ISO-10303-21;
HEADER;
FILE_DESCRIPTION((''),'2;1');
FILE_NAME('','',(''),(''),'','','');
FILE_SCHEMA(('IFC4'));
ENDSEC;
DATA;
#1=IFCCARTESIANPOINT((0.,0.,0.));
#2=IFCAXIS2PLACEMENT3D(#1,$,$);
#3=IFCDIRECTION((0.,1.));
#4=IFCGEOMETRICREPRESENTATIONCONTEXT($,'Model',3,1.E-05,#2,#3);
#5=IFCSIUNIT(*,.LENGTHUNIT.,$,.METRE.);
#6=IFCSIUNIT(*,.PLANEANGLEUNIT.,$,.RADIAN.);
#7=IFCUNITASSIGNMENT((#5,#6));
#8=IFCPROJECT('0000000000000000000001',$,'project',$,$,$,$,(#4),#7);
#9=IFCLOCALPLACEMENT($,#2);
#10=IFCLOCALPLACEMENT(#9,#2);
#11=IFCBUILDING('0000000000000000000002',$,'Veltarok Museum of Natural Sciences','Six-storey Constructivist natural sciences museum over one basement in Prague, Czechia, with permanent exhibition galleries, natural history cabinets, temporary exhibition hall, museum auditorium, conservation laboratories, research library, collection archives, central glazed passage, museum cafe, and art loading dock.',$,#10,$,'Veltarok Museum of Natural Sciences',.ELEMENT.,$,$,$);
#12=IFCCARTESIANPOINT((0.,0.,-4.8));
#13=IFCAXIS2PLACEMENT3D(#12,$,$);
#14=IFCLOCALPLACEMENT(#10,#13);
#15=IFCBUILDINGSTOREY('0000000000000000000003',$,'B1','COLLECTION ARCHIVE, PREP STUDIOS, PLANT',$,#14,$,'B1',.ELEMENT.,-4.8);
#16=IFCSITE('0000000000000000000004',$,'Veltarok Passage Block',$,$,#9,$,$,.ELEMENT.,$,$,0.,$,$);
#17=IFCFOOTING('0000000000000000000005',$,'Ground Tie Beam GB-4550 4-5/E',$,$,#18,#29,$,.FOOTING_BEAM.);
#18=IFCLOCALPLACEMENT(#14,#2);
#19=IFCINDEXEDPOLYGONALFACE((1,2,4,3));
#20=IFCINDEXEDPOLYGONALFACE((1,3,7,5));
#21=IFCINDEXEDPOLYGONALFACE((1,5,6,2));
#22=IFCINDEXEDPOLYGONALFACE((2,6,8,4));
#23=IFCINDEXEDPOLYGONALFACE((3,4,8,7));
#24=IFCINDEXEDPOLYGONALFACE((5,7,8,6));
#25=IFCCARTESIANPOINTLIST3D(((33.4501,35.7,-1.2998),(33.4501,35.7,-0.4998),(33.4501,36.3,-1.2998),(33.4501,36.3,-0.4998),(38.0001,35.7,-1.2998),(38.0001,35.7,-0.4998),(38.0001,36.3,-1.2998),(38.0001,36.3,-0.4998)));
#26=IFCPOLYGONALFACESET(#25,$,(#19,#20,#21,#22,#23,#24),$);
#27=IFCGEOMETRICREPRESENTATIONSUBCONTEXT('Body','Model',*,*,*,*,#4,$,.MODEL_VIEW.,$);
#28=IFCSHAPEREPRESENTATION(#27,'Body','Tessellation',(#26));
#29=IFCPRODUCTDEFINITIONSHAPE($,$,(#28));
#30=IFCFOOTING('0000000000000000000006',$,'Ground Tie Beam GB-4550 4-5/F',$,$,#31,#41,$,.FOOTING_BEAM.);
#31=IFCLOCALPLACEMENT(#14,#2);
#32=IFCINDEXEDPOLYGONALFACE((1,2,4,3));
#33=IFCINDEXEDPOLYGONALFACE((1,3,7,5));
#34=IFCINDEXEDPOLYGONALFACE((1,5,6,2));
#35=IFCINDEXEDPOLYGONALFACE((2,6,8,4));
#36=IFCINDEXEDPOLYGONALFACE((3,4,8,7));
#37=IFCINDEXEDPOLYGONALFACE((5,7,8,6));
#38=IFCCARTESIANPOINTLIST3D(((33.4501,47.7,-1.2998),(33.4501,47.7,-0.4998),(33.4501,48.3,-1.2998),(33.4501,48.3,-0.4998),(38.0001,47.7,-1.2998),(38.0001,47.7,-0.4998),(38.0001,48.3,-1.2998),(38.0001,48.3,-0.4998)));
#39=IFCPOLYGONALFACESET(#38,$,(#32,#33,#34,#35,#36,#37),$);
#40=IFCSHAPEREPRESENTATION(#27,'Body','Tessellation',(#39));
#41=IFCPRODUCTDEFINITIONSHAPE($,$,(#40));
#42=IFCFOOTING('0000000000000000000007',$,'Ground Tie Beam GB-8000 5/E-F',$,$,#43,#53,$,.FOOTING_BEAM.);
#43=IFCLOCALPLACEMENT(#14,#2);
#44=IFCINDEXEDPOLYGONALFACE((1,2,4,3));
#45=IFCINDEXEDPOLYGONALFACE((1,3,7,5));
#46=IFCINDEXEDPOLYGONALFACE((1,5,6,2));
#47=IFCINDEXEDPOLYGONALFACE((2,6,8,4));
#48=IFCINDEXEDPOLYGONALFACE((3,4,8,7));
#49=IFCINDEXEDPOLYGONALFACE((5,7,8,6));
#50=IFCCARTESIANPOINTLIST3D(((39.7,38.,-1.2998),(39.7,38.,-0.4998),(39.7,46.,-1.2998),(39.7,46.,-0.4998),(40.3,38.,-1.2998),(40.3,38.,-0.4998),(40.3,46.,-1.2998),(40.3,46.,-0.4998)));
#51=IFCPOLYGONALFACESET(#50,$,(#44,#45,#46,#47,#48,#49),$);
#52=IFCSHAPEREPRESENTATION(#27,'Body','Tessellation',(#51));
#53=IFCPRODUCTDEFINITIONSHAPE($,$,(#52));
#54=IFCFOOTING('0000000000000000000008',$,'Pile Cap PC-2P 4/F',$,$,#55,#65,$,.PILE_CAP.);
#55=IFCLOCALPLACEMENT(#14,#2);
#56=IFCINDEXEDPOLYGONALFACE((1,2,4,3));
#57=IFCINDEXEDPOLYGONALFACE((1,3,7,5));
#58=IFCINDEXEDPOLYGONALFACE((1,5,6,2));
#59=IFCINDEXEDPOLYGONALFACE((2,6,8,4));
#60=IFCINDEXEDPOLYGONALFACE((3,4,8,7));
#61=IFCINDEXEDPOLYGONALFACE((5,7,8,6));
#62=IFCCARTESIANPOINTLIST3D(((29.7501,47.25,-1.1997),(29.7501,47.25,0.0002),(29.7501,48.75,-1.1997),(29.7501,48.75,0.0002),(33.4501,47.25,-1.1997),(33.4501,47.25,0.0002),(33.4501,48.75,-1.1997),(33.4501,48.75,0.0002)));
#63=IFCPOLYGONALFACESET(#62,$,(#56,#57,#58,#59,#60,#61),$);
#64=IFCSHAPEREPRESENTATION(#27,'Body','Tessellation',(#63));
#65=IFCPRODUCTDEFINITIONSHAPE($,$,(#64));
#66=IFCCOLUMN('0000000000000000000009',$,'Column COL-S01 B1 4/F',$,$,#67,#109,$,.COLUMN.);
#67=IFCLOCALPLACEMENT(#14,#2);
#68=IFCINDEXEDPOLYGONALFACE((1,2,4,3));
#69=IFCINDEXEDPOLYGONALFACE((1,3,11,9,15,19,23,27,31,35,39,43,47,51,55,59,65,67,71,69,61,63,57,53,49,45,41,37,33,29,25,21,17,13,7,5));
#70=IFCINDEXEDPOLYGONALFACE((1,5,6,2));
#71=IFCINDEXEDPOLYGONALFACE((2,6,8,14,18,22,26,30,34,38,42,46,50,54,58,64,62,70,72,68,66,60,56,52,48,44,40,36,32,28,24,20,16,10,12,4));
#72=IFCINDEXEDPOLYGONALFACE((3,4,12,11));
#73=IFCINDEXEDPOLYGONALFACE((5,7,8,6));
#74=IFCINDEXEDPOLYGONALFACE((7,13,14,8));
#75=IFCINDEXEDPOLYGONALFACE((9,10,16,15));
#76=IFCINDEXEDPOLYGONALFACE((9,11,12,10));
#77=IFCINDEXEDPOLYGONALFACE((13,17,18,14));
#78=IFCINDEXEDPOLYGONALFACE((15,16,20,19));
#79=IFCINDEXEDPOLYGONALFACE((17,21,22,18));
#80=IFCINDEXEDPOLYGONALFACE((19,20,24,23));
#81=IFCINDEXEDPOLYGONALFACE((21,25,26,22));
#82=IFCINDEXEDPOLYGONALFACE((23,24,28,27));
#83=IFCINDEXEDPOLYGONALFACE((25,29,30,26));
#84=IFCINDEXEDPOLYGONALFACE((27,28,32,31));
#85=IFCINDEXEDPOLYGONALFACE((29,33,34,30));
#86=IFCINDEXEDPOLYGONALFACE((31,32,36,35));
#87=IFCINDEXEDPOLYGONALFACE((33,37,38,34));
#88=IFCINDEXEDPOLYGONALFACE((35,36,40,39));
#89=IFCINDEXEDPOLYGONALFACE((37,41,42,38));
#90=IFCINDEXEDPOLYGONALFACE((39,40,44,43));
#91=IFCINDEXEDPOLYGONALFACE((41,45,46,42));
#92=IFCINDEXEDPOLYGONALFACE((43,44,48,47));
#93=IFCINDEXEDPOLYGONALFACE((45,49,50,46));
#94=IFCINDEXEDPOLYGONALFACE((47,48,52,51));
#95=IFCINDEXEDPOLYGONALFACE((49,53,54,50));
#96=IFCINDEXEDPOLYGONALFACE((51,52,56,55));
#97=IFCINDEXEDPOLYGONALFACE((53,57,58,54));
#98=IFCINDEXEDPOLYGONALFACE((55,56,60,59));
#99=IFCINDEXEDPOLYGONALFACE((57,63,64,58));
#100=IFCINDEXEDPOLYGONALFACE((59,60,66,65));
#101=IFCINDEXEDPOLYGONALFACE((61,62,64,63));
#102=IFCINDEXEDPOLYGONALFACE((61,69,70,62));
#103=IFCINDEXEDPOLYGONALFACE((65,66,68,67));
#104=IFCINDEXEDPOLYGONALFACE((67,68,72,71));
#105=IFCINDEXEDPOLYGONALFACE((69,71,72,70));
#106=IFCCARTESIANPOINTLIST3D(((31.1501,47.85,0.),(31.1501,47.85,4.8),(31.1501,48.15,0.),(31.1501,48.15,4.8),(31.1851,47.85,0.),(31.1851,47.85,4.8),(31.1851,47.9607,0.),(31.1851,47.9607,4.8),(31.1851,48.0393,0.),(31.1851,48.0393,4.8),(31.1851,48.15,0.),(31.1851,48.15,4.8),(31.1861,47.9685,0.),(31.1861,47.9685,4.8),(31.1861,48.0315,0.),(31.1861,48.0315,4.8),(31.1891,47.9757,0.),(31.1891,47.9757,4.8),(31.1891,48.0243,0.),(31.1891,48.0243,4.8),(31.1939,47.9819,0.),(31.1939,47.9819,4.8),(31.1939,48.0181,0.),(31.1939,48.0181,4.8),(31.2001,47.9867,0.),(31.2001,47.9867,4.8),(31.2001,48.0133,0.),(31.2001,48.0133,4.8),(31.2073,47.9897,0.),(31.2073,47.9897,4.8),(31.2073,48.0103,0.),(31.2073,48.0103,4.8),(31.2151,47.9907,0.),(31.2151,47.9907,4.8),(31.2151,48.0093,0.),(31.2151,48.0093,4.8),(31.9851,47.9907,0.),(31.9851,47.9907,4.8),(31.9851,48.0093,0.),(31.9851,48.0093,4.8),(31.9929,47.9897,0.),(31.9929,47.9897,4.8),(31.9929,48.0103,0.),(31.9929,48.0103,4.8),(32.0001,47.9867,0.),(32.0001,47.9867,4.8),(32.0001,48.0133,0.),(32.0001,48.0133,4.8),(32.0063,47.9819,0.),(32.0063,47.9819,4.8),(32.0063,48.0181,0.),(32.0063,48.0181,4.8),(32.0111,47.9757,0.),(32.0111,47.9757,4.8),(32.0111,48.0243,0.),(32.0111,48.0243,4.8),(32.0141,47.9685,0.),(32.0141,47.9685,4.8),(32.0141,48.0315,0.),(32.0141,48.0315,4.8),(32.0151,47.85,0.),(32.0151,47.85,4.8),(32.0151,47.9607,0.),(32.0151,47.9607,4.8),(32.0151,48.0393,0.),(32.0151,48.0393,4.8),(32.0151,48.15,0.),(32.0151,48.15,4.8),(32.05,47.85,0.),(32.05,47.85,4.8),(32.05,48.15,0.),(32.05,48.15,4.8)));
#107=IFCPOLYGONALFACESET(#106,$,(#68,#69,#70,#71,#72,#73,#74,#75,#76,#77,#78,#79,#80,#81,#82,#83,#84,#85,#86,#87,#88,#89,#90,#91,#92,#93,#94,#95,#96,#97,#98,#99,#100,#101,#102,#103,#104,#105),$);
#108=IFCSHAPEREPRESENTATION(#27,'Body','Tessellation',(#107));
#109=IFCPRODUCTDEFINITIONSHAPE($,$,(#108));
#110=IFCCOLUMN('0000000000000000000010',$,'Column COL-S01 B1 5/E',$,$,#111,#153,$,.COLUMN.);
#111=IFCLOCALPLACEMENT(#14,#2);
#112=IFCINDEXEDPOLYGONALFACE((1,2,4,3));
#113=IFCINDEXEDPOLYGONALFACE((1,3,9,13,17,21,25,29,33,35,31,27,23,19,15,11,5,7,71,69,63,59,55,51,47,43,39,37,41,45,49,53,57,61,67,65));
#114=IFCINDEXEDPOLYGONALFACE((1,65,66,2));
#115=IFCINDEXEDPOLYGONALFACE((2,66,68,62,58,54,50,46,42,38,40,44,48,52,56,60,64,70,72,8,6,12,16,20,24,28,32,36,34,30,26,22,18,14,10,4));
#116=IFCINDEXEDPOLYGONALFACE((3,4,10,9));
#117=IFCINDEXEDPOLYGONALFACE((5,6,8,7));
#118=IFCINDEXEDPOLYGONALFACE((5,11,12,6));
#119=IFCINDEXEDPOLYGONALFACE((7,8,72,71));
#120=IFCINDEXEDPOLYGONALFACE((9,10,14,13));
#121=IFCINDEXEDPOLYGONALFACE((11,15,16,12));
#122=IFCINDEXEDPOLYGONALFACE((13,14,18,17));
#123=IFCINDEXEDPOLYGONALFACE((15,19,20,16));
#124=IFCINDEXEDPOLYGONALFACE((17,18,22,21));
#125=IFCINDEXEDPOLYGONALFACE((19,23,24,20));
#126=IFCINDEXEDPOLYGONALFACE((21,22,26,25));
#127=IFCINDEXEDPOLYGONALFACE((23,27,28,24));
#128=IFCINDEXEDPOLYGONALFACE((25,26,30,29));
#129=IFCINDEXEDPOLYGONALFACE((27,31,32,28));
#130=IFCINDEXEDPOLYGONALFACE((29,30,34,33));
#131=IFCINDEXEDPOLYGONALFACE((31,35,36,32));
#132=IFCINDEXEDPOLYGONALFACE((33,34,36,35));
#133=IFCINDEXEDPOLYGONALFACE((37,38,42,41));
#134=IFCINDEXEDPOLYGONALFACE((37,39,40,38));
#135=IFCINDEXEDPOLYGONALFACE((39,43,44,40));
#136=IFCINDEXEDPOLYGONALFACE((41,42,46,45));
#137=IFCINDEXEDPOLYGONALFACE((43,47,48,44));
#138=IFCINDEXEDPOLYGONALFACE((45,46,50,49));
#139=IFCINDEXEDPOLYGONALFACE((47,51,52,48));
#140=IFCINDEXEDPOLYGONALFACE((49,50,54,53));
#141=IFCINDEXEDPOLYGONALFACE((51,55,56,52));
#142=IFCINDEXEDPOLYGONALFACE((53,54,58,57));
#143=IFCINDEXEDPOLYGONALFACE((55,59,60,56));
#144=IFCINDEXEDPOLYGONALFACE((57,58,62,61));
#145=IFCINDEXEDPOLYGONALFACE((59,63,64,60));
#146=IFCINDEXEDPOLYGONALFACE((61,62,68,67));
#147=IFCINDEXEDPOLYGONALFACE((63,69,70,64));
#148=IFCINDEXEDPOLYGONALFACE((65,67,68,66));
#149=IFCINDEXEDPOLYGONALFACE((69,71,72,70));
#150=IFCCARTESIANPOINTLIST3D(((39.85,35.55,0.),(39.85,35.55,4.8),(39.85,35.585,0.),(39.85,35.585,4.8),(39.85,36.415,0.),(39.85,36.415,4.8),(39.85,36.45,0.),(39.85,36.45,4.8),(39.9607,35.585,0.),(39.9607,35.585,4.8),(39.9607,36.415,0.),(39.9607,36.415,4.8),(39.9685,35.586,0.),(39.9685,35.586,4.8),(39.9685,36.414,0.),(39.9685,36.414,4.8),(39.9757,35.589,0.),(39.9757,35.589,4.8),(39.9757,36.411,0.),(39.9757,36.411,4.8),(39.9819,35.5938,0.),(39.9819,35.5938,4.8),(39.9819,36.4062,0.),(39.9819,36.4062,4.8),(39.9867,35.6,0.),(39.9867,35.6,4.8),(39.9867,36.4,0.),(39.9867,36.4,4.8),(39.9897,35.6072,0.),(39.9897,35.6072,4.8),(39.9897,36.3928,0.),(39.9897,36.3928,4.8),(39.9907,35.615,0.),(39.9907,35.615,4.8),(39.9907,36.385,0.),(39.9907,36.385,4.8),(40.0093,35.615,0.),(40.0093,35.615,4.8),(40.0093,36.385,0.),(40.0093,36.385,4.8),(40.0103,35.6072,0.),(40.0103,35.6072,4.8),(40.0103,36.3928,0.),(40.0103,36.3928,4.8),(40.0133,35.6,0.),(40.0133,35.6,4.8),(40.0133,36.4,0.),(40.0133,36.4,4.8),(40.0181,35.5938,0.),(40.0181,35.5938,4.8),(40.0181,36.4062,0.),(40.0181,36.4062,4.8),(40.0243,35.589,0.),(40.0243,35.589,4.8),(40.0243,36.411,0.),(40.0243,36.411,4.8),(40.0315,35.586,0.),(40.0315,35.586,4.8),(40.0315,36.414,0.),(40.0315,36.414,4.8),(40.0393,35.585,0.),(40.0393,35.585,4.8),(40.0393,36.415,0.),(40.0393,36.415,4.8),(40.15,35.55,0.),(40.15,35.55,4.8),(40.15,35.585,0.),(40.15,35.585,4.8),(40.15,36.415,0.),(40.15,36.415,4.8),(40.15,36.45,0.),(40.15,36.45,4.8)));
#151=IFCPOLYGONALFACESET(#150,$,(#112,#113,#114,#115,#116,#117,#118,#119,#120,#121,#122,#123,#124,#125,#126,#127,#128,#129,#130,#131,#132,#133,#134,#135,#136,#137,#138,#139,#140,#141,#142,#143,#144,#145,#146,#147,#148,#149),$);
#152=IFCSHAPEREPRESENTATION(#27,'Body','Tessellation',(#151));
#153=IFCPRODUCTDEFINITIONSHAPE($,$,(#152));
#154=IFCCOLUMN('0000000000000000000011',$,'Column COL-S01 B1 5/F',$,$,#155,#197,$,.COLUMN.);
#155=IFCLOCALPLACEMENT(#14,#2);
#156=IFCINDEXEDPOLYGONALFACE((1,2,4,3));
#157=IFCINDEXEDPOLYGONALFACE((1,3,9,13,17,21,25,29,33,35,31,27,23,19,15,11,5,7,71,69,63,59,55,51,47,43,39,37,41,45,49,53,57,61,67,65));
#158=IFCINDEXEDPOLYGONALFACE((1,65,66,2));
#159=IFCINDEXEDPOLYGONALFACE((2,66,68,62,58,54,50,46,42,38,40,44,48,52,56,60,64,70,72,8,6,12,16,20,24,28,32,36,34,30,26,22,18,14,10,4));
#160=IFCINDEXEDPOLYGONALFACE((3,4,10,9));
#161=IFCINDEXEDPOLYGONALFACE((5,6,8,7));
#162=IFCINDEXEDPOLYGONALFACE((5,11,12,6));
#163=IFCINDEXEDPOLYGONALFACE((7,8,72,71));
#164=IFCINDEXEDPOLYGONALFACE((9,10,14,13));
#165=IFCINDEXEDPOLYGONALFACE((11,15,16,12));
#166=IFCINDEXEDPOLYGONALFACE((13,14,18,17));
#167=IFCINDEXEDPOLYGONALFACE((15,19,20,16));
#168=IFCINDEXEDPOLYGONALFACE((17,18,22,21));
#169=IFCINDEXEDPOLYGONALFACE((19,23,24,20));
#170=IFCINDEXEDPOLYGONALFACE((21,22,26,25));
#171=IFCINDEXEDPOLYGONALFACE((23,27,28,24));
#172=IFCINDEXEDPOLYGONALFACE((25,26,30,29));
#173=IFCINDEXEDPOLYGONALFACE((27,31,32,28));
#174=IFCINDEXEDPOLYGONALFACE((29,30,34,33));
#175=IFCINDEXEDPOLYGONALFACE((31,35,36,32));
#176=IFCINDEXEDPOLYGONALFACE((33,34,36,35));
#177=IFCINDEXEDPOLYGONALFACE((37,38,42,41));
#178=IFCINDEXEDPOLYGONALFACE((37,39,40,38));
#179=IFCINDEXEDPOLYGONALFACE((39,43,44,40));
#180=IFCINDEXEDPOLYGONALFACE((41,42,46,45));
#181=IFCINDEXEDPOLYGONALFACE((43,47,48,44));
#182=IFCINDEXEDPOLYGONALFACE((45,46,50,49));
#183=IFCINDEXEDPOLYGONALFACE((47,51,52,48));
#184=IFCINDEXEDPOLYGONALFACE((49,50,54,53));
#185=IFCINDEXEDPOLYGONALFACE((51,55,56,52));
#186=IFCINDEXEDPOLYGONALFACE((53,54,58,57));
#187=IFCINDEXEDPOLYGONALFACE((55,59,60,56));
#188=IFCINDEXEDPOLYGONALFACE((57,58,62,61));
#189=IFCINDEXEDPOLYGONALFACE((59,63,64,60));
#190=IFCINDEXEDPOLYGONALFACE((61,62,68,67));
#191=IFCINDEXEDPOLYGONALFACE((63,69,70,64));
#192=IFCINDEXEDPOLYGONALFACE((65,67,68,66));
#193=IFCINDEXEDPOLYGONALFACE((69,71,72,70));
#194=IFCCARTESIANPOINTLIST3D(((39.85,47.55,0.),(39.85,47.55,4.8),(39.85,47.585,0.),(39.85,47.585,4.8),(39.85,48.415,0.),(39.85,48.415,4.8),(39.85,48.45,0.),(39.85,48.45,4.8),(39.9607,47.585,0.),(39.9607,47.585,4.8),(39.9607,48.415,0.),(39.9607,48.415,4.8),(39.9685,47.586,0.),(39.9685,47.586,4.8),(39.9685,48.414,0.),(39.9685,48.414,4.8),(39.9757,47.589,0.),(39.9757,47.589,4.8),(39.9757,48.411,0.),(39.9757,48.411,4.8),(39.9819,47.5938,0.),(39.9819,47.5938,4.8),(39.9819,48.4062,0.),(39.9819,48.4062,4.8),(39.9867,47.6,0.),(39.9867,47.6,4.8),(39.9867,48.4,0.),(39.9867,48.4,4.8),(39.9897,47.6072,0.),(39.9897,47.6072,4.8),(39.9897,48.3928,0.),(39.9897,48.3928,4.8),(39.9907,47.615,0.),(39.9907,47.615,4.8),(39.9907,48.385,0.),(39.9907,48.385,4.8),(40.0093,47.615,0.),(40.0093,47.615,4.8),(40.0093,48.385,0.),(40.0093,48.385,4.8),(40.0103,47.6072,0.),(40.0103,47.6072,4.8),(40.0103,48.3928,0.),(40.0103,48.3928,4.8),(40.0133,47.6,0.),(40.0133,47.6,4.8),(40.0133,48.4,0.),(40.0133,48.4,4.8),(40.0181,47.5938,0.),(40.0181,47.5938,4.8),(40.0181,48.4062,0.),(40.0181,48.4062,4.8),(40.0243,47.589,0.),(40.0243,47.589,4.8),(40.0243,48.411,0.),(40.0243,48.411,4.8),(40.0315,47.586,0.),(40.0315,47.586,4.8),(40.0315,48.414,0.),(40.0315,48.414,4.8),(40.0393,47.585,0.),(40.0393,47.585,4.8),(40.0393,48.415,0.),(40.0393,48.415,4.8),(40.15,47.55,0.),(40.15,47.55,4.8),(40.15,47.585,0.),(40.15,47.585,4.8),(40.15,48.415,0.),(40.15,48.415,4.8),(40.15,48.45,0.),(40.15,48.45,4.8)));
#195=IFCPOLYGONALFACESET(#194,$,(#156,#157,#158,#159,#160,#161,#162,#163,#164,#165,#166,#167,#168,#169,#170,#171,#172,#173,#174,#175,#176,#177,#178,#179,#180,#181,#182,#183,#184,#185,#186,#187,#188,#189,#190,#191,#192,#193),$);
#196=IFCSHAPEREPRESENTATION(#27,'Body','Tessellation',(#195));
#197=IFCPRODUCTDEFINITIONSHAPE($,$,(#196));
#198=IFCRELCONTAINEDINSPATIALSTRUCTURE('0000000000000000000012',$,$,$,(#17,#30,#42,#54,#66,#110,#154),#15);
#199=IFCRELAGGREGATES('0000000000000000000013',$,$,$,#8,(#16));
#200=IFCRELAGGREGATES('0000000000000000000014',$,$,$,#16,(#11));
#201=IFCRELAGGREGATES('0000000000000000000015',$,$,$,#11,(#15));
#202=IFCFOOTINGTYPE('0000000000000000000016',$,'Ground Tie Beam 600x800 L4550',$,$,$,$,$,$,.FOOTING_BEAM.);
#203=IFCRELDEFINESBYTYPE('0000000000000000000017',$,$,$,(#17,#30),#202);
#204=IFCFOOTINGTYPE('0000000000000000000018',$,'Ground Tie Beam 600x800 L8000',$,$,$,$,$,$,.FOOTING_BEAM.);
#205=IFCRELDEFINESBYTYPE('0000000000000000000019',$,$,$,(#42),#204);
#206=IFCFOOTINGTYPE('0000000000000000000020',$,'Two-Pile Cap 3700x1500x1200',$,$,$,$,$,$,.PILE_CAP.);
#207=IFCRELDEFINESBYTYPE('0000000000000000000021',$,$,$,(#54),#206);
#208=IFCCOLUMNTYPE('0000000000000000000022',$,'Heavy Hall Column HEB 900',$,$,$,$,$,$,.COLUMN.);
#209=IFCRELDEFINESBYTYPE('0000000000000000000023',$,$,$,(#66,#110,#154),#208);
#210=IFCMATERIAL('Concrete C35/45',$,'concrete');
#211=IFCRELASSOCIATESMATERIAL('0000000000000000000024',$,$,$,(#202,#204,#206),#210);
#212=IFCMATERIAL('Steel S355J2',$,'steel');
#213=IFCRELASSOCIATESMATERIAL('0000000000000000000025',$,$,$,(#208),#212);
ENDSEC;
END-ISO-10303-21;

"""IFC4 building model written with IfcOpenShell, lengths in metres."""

from ifc_helpers import new_model, si_unit, direction, frame, origin, origin_2d, place, context, subcontext, project, spatial, rectangle, i_section, extrude, material, material_profile, profile_set, type_object, element, save


model = new_model("IFC4")

# Units and contexts
model_context = context("Model", 3, precision=1e-05, world=origin(), true_north=direction((0.0, 1.0)))
body_context = subcontext(model_context, "Body", "Model", "MODEL_VIEW")
ifc_project = project(units=[si_unit("LENGTHUNIT", "METRE"), si_unit("PLANEANGLEUNIT", "RADIAN")], contexts=[model_context])

# Site, building, storey
site_placement = place(None, origin())
site = spatial("IfcSite", under=ifc_project, at=site_placement, Name="Veltarok Passage Block", CompositionType="ELEMENT", RefElevation=0.0)
building_placement = place(site_placement, origin())
building = spatial("IfcBuilding", under=site, at=building_placement, Name="Veltarok Museum of Natural Sciences", Description="Six-storey Constructivist natural sciences museum over one basement in Prague, Czechia, with permanent exhibition galleries, natural history cabinets, temporary exhibition hall, museum auditorium, conservation laboratories, research library, collection archives, central glazed passage, museum cafe, and art loading dock.", LongName="Veltarok Museum of Natural Sciences", CompositionType="ELEMENT")
storey_placement = place(building_placement, frame((0.0, 0.0, -4.8)))
storey = spatial("IfcBuildingStorey", under=building, at=storey_placement, Name="B1", Description="COLLECTION ARCHIVE, PREP STUDIOS, PLANT", LongName="B1", CompositionType="ELEMENT", Elevation=-4.8)

# Shared definitions
ifc_material_1 = material(Name="Concrete C35/45", Category="concrete")

# Footings
footing_type_1 = type_object("IfcFootingType", Name="Ground Tie Beam 600x800 L4550", PredefinedType="FOOTING_BEAM", material=ifc_material_1)
for number, where, z_axis, x_axis, name in (
    (1, (35.7251, 36.0, -1.2998), (0.0, 0.0, 1.0), (1.0, 0.0, 0.0), "Ground Tie Beam GB-4550 4-5/E"),
    (2, (35.7251, 48.0, -1.2998), (0.0, 0.0, 1.0), (1.0, 0.0, 0.0), "Ground Tie Beam GB-4550 4-5/F"),
):
    element("IfcFooting", number, at=place(storey_placement, frame(where, z_axis=z_axis, x_axis=x_axis)), inside=storey, type_object=footing_type_1, Name=name, PredefinedType="FOOTING_BEAM", context=body_context, shape_type="SweptSolid", body=[
        extrude(rectangle(XDim=4.55, YDim=0.6001, at=origin_2d()), origin(), (0.0, 0.0, 1.0), 0.8),
    ])
footing_type_2 = type_object("IfcFootingType", Name="Ground Tie Beam 600x800 L8000", PredefinedType="FOOTING_BEAM", material=ifc_material_1)
footing_1_placement = place(storey_placement, frame((40.0, 42.0, -1.2998), z_axis=(0.0, 0.0, 1.0), x_axis=(0.0, 1.0, 0.0)))
element("IfcFooting", 3, at=footing_1_placement, inside=storey, type_object=footing_type_2, Name="Ground Tie Beam GB-8000 5/E-F", PredefinedType="FOOTING_BEAM", context=body_context, shape_type="SweptSolid", body=[
    extrude(rectangle(XDim=8.0, YDim=0.6001, at=origin_2d()), origin(), (0.0, 0.0, 1.0), 0.8),
])
footing_type_3 = type_object("IfcFootingType", Name="Two-Pile Cap 3700x1500x1200", PredefinedType="PILE_CAP", material=ifc_material_1)
footing_2_placement = place(storey_placement, frame((31.6001, 48.0, -1.1997), z_axis=(0.0, 0.0, 1.0), x_axis=(1.0, 0.0, 0.0)))
element("IfcFooting", 4, at=footing_2_placement, inside=storey, type_object=footing_type_3, Name="Pile Cap PC-2P 4/F", PredefinedType="PILE_CAP", context=body_context, shape_type="SweptSolid", body=[
    extrude(rectangle(XDim=3.7, YDim=1.5, at=origin_2d()), origin(), (0.0, 0.0, 1.0), 1.2),
])

# Columns
ifc_material_2 = material(Name="Steel S355J2", Category="steel")
ifc_material_profile_1 = material_profile(ifc_material_2, i_section(OverallWidth=0.3, OverallDepth=0.8999, WebThickness=0.0186, FlangeThickness=0.0349, FilletRadius=0.03, at=origin_2d()), Name="HEB 900")
ifc_profile_set_1 = profile_set([ifc_material_profile_1], Name="Steel S355J2")
column_type = type_object("IfcColumnType", Name="Heavy Hall Column HEB 900", PredefinedType="COLUMN", material=ifc_profile_set_1)
for number, where, z_axis, x_axis, name in (
    (5, (31.6001, 48.0, 0.0), (0.0, 0.0, 1.0), (0.0, 1.0, 0.0), "Column COL-S01 B1 4/F"),
    (6, (40.0, 36.0, 0.0), (0.0, 0.0, 1.0), (1.0, 0.0, 0.0), "Column COL-S01 B1 5/E"),
    (7, (40.0, 48.0, 0.0), (0.0, 0.0, 1.0), (1.0, 0.0, 0.0), "Column COL-S01 B1 5/F"),
):
    element("IfcColumn", number, at=place(storey_placement, frame(where, z_axis=z_axis, x_axis=x_axis)), inside=storey, type_object=column_type, Name=name, PredefinedType="COLUMN", context=body_context, shape_type="SweptSolid", body=[
        extrude(i_section(OverallWidth=0.3, OverallDepth=0.8999, WebThickness=0.0186, FlangeThickness=0.0349, FilletRadius=0.03, at=origin_2d()), origin(), (0.0, 0.0, 1.0), 4.8),
    ])

save(model, "model.ifc")
